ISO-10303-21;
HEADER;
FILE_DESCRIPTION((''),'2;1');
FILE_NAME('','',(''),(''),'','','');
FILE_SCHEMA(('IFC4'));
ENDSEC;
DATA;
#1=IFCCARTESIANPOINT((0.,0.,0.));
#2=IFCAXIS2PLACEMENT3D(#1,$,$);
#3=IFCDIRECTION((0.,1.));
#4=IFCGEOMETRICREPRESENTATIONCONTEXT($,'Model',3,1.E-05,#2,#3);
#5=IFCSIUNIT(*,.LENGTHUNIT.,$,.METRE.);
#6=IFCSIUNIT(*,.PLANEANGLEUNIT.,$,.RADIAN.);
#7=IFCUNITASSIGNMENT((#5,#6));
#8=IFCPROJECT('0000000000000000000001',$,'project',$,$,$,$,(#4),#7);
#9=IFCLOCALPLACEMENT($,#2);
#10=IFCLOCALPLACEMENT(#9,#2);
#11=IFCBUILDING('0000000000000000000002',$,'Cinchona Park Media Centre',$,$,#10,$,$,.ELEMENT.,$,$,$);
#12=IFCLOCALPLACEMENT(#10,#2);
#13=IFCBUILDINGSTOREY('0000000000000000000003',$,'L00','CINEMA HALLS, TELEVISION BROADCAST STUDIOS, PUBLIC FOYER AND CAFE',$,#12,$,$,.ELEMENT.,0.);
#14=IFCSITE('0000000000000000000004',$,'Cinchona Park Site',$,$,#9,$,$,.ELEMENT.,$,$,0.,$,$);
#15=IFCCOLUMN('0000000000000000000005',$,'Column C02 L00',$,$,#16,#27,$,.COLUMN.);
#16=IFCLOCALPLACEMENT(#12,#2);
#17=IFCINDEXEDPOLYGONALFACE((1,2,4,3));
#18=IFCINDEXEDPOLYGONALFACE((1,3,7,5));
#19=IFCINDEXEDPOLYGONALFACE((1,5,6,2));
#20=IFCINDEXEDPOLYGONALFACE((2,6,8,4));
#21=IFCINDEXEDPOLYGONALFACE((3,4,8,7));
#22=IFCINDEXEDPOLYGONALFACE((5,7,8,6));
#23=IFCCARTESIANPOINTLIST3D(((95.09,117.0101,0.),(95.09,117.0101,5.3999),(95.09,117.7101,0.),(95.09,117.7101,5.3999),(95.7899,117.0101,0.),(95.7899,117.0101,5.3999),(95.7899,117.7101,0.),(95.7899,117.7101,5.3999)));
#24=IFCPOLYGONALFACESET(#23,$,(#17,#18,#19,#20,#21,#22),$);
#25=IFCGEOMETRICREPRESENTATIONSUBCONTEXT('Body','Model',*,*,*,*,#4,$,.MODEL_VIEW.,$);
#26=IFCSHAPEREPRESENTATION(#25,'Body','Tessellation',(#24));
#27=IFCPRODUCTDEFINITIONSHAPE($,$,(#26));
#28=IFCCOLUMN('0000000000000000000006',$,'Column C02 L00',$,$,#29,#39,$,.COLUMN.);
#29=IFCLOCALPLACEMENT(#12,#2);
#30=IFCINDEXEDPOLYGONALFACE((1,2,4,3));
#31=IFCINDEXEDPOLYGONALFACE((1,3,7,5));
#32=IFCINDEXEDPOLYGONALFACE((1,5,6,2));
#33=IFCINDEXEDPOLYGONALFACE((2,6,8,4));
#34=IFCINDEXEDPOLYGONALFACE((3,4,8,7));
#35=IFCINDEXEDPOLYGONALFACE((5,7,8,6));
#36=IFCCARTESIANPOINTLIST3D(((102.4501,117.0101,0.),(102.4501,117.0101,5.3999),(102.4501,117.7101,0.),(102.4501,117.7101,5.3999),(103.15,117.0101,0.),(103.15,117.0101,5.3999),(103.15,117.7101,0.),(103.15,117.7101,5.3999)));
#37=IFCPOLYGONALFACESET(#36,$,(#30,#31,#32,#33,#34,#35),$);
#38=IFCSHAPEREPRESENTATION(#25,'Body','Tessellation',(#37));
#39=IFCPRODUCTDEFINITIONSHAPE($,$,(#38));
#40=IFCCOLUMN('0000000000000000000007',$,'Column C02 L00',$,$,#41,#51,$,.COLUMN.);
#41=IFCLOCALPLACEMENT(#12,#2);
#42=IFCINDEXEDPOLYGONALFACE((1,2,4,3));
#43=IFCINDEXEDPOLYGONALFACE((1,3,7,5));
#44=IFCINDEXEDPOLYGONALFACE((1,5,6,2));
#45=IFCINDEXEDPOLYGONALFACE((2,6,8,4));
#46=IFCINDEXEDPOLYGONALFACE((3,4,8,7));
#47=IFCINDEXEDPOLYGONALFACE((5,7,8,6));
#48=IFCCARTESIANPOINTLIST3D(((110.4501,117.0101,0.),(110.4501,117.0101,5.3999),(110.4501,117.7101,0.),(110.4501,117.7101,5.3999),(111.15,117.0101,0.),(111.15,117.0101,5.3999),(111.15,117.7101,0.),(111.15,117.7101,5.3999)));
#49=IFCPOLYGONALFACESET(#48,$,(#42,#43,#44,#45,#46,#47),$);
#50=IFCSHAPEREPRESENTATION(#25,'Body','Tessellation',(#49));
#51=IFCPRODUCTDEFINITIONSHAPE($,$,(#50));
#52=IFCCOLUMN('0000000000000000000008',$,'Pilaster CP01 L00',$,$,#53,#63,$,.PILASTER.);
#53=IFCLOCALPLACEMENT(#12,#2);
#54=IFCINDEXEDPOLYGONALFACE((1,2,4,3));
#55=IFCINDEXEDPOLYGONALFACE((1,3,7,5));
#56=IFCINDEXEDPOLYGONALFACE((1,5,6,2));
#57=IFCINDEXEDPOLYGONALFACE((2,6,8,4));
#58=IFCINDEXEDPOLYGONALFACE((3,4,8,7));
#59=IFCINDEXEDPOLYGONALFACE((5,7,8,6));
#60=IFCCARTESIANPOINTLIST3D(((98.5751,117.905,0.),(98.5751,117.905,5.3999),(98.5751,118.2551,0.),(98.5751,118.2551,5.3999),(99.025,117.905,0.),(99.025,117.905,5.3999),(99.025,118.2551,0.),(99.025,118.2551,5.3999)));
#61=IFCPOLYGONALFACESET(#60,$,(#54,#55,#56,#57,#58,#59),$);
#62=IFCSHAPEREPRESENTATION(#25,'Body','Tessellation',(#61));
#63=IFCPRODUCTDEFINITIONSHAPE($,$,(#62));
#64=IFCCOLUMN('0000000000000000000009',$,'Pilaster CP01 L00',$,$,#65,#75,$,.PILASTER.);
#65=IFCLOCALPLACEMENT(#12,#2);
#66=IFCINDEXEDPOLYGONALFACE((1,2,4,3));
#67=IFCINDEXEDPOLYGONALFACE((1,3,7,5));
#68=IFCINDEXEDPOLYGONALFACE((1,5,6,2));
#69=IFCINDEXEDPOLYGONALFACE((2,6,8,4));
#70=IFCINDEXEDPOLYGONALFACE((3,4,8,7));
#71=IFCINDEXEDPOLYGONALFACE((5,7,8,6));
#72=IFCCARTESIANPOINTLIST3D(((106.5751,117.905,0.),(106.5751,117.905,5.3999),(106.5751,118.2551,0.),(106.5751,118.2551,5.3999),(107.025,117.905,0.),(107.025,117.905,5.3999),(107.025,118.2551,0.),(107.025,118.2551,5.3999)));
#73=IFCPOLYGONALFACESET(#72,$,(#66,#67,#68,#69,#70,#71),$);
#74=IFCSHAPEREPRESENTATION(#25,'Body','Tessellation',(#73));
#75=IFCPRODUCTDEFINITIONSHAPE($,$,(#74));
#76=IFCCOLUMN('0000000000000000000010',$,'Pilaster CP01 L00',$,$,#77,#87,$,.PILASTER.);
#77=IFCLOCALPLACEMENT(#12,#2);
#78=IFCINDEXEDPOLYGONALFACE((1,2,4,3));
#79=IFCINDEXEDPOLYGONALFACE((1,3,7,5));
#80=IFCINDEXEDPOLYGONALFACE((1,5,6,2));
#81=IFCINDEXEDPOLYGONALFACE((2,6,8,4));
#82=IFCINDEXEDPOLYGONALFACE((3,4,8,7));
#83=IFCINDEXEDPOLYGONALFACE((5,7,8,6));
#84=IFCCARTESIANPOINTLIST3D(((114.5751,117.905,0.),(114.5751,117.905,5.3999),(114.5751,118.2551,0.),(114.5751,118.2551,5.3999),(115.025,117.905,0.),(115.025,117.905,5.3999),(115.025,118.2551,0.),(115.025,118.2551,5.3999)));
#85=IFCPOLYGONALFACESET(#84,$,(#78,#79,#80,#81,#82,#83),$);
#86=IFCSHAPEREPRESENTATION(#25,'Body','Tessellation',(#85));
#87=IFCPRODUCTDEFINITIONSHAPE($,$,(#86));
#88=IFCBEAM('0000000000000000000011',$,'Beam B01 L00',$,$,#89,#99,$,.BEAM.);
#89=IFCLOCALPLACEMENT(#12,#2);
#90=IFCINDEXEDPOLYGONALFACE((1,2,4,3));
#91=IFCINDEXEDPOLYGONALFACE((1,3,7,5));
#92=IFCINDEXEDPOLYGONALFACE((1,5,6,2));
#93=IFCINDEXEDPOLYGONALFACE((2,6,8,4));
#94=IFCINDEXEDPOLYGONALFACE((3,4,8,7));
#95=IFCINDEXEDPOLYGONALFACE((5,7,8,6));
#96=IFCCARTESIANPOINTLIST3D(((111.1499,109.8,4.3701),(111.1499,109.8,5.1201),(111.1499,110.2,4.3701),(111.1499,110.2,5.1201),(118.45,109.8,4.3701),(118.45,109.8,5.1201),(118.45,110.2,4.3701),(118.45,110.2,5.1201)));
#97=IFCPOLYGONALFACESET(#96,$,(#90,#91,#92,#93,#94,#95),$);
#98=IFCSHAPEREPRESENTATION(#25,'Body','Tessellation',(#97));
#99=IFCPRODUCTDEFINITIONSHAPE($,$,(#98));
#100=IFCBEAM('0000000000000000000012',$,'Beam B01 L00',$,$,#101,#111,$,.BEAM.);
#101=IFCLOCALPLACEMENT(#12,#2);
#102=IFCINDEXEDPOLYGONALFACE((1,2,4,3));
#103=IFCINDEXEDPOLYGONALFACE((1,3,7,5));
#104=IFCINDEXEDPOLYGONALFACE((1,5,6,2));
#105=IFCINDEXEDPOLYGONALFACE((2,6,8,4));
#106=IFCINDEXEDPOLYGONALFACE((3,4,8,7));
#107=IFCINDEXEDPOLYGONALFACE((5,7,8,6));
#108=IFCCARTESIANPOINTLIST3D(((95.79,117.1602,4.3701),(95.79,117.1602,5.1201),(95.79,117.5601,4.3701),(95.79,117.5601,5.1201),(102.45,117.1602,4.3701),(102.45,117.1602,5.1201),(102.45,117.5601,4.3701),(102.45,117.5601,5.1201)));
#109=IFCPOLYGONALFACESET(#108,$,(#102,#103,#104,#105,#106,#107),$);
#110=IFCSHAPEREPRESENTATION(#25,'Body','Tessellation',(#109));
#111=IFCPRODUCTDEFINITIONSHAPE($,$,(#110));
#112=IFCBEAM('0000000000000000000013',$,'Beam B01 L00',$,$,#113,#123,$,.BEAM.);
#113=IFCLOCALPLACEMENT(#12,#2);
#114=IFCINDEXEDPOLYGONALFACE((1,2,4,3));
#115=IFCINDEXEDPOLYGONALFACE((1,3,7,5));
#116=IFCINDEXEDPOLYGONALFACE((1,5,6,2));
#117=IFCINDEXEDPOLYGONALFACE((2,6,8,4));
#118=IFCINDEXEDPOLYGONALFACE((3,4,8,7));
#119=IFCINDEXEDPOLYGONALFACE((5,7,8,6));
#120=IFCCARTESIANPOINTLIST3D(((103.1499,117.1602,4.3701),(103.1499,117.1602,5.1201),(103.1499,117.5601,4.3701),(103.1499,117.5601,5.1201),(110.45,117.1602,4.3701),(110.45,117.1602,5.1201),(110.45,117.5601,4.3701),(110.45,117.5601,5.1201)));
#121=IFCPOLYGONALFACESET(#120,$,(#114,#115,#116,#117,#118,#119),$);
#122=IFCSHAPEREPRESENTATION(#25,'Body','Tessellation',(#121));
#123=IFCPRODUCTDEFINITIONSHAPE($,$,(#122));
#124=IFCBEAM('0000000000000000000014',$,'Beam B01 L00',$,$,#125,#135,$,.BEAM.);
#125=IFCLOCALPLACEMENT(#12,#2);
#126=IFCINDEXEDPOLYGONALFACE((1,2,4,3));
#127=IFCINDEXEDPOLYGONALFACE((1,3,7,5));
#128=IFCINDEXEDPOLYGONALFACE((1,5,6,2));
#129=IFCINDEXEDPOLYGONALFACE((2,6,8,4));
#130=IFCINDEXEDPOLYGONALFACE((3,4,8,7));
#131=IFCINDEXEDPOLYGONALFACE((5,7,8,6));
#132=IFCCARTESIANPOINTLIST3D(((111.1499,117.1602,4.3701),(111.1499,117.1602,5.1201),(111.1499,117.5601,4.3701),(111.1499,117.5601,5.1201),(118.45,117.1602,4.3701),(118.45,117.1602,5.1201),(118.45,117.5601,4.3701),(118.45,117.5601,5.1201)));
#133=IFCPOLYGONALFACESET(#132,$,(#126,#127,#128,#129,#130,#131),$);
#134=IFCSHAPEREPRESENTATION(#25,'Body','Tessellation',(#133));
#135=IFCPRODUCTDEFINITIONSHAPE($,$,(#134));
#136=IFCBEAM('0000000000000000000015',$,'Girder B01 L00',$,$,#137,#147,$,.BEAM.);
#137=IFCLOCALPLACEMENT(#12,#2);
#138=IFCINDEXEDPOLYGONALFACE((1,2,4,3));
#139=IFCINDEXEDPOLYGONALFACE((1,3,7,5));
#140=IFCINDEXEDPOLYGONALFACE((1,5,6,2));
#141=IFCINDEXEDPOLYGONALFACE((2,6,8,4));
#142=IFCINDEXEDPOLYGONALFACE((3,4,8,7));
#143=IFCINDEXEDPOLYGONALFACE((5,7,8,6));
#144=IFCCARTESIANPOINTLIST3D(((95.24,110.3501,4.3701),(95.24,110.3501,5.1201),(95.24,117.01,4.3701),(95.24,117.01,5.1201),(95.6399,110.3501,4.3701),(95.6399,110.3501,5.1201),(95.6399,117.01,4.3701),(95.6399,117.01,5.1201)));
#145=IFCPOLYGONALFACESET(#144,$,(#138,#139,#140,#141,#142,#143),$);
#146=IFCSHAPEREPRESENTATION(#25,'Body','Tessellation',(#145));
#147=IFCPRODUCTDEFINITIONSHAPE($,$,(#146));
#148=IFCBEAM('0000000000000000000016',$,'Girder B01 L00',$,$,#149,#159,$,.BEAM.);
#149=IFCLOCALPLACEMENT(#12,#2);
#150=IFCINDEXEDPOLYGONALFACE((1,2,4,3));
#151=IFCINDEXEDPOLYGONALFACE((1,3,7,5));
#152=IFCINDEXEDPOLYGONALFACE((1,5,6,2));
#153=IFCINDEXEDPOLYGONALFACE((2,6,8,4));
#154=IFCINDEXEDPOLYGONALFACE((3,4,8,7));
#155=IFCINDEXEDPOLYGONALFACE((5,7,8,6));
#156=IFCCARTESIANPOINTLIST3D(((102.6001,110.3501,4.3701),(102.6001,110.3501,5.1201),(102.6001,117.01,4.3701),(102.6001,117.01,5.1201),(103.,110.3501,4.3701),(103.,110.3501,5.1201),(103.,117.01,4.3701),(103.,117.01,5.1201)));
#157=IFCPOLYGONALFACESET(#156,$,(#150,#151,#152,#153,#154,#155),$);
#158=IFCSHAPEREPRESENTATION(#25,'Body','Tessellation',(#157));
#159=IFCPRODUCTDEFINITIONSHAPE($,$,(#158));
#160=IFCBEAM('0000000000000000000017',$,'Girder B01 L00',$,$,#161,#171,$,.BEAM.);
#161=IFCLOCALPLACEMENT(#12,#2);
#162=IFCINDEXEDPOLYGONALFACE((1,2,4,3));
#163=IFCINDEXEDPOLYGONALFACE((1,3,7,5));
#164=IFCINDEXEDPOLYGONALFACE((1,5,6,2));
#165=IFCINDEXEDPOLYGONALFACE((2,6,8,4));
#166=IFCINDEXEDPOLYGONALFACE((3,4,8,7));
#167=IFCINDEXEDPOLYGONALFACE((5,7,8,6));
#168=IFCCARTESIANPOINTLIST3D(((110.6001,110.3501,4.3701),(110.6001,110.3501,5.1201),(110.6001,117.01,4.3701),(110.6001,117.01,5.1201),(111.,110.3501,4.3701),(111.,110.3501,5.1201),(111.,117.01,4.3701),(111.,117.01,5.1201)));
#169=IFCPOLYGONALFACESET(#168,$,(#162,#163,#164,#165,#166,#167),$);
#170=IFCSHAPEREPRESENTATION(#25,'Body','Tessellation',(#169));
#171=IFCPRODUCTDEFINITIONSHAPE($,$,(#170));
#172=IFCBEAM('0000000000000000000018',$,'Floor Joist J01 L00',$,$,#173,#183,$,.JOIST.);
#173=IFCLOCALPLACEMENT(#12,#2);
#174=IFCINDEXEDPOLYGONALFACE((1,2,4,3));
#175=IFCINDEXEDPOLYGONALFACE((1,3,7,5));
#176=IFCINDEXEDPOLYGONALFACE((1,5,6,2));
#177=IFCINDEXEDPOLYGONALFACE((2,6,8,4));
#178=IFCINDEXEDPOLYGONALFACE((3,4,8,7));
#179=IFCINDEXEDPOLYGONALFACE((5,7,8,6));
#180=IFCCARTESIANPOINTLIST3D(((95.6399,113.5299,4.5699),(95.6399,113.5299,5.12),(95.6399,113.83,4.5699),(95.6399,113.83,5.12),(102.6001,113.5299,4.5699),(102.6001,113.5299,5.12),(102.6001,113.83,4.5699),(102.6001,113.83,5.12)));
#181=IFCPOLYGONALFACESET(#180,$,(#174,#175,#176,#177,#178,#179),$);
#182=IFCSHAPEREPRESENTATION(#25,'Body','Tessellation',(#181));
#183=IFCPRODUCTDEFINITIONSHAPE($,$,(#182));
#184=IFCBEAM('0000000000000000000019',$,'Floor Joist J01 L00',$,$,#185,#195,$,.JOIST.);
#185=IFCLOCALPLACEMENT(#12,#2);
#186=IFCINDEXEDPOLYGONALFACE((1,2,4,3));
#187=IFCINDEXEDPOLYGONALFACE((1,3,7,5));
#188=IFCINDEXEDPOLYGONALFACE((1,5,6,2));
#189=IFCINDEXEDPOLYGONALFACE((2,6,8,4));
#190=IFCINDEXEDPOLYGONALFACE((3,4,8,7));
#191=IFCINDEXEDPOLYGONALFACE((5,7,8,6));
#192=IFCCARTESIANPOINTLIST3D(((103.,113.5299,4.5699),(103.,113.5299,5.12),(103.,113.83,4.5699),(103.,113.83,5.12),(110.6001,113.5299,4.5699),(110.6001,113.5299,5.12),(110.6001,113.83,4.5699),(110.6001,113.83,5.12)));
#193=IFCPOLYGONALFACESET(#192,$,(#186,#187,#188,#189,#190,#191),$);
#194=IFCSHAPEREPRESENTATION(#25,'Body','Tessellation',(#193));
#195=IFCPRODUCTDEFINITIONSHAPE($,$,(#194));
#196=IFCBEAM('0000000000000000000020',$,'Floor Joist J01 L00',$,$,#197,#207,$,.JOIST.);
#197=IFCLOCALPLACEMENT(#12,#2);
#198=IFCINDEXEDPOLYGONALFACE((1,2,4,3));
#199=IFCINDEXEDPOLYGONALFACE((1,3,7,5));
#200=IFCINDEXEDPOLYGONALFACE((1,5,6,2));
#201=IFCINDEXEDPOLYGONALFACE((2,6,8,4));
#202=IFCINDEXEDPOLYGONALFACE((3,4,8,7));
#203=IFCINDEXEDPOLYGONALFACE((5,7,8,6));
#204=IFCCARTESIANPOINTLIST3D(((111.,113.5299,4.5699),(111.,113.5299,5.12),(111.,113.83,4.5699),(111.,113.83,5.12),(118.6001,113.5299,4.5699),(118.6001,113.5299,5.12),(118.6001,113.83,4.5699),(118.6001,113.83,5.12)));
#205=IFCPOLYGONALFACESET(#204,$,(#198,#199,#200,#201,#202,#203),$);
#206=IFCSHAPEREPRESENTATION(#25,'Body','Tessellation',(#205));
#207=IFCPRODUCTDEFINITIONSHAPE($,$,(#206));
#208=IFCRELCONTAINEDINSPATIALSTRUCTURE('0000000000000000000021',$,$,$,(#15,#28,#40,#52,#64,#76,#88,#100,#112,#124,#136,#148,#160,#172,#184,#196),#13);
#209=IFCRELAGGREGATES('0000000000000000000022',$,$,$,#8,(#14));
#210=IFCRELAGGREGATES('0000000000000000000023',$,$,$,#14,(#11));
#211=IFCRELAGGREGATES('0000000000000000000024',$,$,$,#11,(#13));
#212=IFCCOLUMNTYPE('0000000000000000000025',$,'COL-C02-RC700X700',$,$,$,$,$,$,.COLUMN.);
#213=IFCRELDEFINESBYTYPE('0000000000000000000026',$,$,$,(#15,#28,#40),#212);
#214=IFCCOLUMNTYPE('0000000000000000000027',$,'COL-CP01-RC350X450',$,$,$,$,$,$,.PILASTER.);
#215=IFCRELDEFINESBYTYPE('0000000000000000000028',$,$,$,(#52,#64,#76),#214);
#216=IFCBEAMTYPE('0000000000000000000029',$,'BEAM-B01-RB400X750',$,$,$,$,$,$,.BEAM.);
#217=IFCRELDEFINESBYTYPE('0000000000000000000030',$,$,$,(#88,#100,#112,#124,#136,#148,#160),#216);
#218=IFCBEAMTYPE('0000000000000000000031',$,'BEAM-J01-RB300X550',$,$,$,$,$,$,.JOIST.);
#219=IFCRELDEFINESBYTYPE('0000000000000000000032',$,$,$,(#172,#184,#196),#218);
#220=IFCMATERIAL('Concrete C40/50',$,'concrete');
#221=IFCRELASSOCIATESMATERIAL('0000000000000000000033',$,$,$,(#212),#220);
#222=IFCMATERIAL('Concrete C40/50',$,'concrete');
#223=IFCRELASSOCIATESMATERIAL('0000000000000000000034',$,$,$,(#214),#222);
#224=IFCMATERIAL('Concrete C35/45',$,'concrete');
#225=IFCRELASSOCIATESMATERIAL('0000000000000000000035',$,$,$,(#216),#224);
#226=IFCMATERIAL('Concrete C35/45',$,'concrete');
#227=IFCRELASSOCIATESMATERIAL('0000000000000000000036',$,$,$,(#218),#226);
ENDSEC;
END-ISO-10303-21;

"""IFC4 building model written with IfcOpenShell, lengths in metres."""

from ifc_helpers import new_model, si_unit, direction, frame, origin, origin_2d, place, context, subcontext, project, spatial, rectangle, extrude, material, material_profile, profile_set, type_object, element, save


model = new_model("IFC4")

# Units and contexts
model_context = context("Model", 3, precision=1e-05, world=origin(), true_north=direction((0.0, 1.0)))
body_context = subcontext(model_context, "Body", "Model", "MODEL_VIEW")
ifc_project = project(units=[si_unit("LENGTHUNIT", "METRE"), si_unit("PLANEANGLEUNIT", "RADIAN")], contexts=[model_context])

# Site, building, storey
site_placement = place(None, origin())
site = spatial("IfcSite", under=ifc_project, at=site_placement, Name="Cinchona Park Site", CompositionType="ELEMENT", RefElevation=0.0)
building_placement = place(site_placement, origin())
building = spatial("IfcBuilding", under=site, at=building_placement, Name="Cinchona Park Media Centre", CompositionType="ELEMENT")
storey_placement = place(building_placement, origin())
storey = spatial("IfcBuildingStorey", under=building, at=storey_placement, Name="L00", Description="CINEMA HALLS, TELEVISION BROADCAST STUDIOS, PUBLIC FOYER AND CAFE", CompositionType="ELEMENT", Elevation=0.0)

# Columns
ifc_material_1 = material(Name="Concrete C40/50", Category="concrete")
ifc_material_profile_1 = material_profile(ifc_material_1, rectangle(XDim=0.7, YDim=0.7, at=origin_2d()), Name="RC 700X700")
ifc_profile_set_1 = profile_set([ifc_material_profile_1], Name="Concrete C40/50")
column_type_1 = type_object("IfcColumnType", Name="COL-C02-RC700X700", PredefinedType="COLUMN", material=ifc_profile_set_1)
for number, where, z_axis, x_axis, name in (
    (1, (95.4399, 117.3601, 0.0), (0.0, 0.0, 1.0), (1.0, 0.0, 0.0), "Column C02 L00"),
    (2, (102.8, 117.3601, 0.0), (0.0, 0.0, 1.0), (1.0, 0.0, 0.0), "Column C02 L00"),
    (3, (110.8, 117.3601, 0.0), (0.0, 0.0, 1.0), (1.0, 0.0, 0.0), "Column C02 L00"),
):
    element("IfcColumn", number, at=place(storey_placement, frame(where, z_axis=z_axis, x_axis=x_axis)), inside=storey, type_object=column_type_1, Name=name, PredefinedType="COLUMN", context=body_context, shape_type="SweptSolid", body=[
        extrude(rectangle(XDim=0.7, YDim=0.7, at=origin_2d()), origin(), (0.0, 0.0, 1.0), 5.3999),
    ])
ifc_material_2 = material(Name="Concrete C40/50", Category="concrete")
ifc_material_profile_2 = material_profile(ifc_material_2, rectangle(XDim=0.3501, YDim=0.45, at=origin_2d()), Name="RC 350X450")
ifc_profile_set_2 = profile_set([ifc_material_profile_2], Name="Concrete C40/50")
column_type_2 = type_object("IfcColumnType", Name="COL-CP01-RC350X450", PredefinedType="PILASTER", material=ifc_profile_set_2)
for number, where, z_axis, x_axis, name in (
    (4, (98.8, 118.0801, 0.0), (0.0, 0.0, 1.0), (0.0, 1.0, 0.0), "Pilaster CP01 L00"),
    (5, (106.8, 118.0801, 0.0), (0.0, 0.0, 1.0), (0.0, 1.0, 0.0), "Pilaster CP01 L00"),
    (6, (114.8, 118.0801, 0.0), (0.0, 0.0, 1.0), (0.0, 1.0, 0.0), "Pilaster CP01 L00"),
):
    element("IfcColumn", number, at=place(storey_placement, frame(where, z_axis=z_axis, x_axis=x_axis)), inside=storey, type_object=column_type_2, Name=name, PredefinedType="PILASTER", context=body_context, shape_type="SweptSolid", body=[
        extrude(rectangle(XDim=0.3501, YDim=0.45, at=origin_2d()), origin(), (0.0, 0.0, 1.0), 5.3999),
    ])

# Beams
ifc_material_3 = material(Name="Concrete C35/45", Category="concrete")
ifc_material_profile_3 = material_profile(ifc_material_3, rectangle(XDim=0.3999, YDim=0.75, at=origin_2d()), Name="RB 400X750")
ifc_profile_set_3 = profile_set([ifc_material_profile_3], Name="Concrete C35/45")
beam_type_1 = type_object("IfcBeamType", Name="BEAM-B01-RB400X750", PredefinedType="BEAM", material=ifc_profile_set_3)
beam_1_placement = place(storey_placement, frame((111.1499, 110.0, 4.7451), z_axis=(1.0, 0.0, 0.0), x_axis=(0.0, 1.0, 0.0)))
element("IfcBeam", 7, at=beam_1_placement, inside=storey, type_object=beam_type_1, Name="Beam B01 L00", PredefinedType="BEAM", context=body_context, shape_type="SweptSolid", body=[
    extrude(rectangle(XDim=0.3999, YDim=0.75, at=origin_2d()), origin(), (0.0, 0.0, 1.0), 7.3),
])
beam_2_placement = place(storey_placement, frame((95.79, 117.3601, 4.7451), z_axis=(1.0, 0.0, 0.0), x_axis=(0.0, 1.0, 0.0)))
element("IfcBeam", 8, at=beam_2_placement, inside=storey, type_object=beam_type_1, Name="Beam B01 L00", PredefinedType="BEAM", context=body_context, shape_type="SweptSolid", body=[
    extrude(rectangle(XDim=0.3999, YDim=0.75, at=origin_2d()), origin(), (0.0, 0.0, 1.0), 6.6599),
])
for number, where, z_axis, x_axis, name in (
    (9, (103.1499, 117.3601, 4.7451), (1.0, 0.0, 0.0), (0.0, 1.0, 0.0), "Beam B01 L00"),
    (10, (111.1499, 117.3601, 4.7451), (1.0, 0.0, 0.0), (0.0, 1.0, 0.0), "Beam B01 L00"),
):
    element("IfcBeam", number, at=place(storey_placement, frame(where, z_axis=z_axis, x_axis=x_axis)), inside=storey, type_object=beam_type_1, Name=name, PredefinedType="BEAM", context=body_context, shape_type="SweptSolid", body=[
        extrude(rectangle(XDim=0.3999, YDim=0.75, at=origin_2d()), origin(), (0.0, 0.0, 1.0), 7.3),
    ])
for number, where, z_axis, x_axis, name in (
    (11, (95.4399, 110.3501, 4.7451), (0.0, 1.0, 0.0), (-1.0, 0.0, 0.0), "Girder B01 L00"),
    (12, (102.8, 110.3501, 4.7451), (0.0, 1.0, 0.0), (-1.0, 0.0, 0.0), "Girder B01 L00"),
    (13, (110.8, 110.3501, 4.7451), (0.0, 1.0, 0.0), (-1.0, 0.0, 0.0), "Girder B01 L00"),
):
    element("IfcBeam", number, at=place(storey_placement, frame(where, z_axis=z_axis, x_axis=x_axis)), inside=storey, type_object=beam_type_1, Name=name, PredefinedType="BEAM", context=body_context, shape_type="SweptSolid", body=[
        extrude(rectangle(XDim=0.3999, YDim=0.75, at=origin_2d()), origin(), (0.0, 0.0, 1.0), 6.6599),
    ])
ifc_material_4 = material(Name="Concrete C35/45", Category="concrete")
ifc_material_profile_4 = material_profile(ifc_material_4, rectangle(XDim=0.3, YDim=0.55, at=origin_2d()), Name="RB 300X550")
ifc_profile_set_4 = profile_set([ifc_material_profile_4], Name="Concrete C35/45")
beam_type_2 = type_object("IfcBeamType", Name="BEAM-J01-RB300X550", PredefinedType="JOIST", material=ifc_profile_set_4)
beam_3_placement = place(storey_placement, frame((95.6399, 113.6799, 4.845), z_axis=(1.0, 0.0, 0.0), x_axis=(0.0, 1.0, 0.0)))
element("IfcBeam", 14, at=beam_3_placement, inside=storey, type_object=beam_type_2, Name="Floor Joist J01 L00", PredefinedType="JOIST", context=body_context, shape_type="SweptSolid", body=[
    extrude(rectangle(XDim=0.3, YDim=0.55, at=origin_2d()), origin(), (0.0, 0.0, 1.0), 6.9602),
])
for number, where, z_axis, x_axis, name in (
    (15, (103.0, 113.6799, 4.845), (1.0, 0.0, 0.0), (0.0, 1.0, 0.0), "Floor Joist J01 L00"),
    (16, (111.0, 113.6799, 4.845), (1.0, 0.0, 0.0), (0.0, 1.0, 0.0), "Floor Joist J01 L00"),
):
    element("IfcBeam", number, at=place(storey_placement, frame(where, z_axis=z_axis, x_axis=x_axis)), inside=storey, type_object=beam_type_2, Name=name, PredefinedType="JOIST", context=body_context, shape_type="SweptSolid", body=[
        extrude(rectangle(XDim=0.3, YDim=0.55, at=origin_2d()), origin(), (0.0, 0.0, 1.0), 7.6001),
    ])

save(model, "model.ifc")
